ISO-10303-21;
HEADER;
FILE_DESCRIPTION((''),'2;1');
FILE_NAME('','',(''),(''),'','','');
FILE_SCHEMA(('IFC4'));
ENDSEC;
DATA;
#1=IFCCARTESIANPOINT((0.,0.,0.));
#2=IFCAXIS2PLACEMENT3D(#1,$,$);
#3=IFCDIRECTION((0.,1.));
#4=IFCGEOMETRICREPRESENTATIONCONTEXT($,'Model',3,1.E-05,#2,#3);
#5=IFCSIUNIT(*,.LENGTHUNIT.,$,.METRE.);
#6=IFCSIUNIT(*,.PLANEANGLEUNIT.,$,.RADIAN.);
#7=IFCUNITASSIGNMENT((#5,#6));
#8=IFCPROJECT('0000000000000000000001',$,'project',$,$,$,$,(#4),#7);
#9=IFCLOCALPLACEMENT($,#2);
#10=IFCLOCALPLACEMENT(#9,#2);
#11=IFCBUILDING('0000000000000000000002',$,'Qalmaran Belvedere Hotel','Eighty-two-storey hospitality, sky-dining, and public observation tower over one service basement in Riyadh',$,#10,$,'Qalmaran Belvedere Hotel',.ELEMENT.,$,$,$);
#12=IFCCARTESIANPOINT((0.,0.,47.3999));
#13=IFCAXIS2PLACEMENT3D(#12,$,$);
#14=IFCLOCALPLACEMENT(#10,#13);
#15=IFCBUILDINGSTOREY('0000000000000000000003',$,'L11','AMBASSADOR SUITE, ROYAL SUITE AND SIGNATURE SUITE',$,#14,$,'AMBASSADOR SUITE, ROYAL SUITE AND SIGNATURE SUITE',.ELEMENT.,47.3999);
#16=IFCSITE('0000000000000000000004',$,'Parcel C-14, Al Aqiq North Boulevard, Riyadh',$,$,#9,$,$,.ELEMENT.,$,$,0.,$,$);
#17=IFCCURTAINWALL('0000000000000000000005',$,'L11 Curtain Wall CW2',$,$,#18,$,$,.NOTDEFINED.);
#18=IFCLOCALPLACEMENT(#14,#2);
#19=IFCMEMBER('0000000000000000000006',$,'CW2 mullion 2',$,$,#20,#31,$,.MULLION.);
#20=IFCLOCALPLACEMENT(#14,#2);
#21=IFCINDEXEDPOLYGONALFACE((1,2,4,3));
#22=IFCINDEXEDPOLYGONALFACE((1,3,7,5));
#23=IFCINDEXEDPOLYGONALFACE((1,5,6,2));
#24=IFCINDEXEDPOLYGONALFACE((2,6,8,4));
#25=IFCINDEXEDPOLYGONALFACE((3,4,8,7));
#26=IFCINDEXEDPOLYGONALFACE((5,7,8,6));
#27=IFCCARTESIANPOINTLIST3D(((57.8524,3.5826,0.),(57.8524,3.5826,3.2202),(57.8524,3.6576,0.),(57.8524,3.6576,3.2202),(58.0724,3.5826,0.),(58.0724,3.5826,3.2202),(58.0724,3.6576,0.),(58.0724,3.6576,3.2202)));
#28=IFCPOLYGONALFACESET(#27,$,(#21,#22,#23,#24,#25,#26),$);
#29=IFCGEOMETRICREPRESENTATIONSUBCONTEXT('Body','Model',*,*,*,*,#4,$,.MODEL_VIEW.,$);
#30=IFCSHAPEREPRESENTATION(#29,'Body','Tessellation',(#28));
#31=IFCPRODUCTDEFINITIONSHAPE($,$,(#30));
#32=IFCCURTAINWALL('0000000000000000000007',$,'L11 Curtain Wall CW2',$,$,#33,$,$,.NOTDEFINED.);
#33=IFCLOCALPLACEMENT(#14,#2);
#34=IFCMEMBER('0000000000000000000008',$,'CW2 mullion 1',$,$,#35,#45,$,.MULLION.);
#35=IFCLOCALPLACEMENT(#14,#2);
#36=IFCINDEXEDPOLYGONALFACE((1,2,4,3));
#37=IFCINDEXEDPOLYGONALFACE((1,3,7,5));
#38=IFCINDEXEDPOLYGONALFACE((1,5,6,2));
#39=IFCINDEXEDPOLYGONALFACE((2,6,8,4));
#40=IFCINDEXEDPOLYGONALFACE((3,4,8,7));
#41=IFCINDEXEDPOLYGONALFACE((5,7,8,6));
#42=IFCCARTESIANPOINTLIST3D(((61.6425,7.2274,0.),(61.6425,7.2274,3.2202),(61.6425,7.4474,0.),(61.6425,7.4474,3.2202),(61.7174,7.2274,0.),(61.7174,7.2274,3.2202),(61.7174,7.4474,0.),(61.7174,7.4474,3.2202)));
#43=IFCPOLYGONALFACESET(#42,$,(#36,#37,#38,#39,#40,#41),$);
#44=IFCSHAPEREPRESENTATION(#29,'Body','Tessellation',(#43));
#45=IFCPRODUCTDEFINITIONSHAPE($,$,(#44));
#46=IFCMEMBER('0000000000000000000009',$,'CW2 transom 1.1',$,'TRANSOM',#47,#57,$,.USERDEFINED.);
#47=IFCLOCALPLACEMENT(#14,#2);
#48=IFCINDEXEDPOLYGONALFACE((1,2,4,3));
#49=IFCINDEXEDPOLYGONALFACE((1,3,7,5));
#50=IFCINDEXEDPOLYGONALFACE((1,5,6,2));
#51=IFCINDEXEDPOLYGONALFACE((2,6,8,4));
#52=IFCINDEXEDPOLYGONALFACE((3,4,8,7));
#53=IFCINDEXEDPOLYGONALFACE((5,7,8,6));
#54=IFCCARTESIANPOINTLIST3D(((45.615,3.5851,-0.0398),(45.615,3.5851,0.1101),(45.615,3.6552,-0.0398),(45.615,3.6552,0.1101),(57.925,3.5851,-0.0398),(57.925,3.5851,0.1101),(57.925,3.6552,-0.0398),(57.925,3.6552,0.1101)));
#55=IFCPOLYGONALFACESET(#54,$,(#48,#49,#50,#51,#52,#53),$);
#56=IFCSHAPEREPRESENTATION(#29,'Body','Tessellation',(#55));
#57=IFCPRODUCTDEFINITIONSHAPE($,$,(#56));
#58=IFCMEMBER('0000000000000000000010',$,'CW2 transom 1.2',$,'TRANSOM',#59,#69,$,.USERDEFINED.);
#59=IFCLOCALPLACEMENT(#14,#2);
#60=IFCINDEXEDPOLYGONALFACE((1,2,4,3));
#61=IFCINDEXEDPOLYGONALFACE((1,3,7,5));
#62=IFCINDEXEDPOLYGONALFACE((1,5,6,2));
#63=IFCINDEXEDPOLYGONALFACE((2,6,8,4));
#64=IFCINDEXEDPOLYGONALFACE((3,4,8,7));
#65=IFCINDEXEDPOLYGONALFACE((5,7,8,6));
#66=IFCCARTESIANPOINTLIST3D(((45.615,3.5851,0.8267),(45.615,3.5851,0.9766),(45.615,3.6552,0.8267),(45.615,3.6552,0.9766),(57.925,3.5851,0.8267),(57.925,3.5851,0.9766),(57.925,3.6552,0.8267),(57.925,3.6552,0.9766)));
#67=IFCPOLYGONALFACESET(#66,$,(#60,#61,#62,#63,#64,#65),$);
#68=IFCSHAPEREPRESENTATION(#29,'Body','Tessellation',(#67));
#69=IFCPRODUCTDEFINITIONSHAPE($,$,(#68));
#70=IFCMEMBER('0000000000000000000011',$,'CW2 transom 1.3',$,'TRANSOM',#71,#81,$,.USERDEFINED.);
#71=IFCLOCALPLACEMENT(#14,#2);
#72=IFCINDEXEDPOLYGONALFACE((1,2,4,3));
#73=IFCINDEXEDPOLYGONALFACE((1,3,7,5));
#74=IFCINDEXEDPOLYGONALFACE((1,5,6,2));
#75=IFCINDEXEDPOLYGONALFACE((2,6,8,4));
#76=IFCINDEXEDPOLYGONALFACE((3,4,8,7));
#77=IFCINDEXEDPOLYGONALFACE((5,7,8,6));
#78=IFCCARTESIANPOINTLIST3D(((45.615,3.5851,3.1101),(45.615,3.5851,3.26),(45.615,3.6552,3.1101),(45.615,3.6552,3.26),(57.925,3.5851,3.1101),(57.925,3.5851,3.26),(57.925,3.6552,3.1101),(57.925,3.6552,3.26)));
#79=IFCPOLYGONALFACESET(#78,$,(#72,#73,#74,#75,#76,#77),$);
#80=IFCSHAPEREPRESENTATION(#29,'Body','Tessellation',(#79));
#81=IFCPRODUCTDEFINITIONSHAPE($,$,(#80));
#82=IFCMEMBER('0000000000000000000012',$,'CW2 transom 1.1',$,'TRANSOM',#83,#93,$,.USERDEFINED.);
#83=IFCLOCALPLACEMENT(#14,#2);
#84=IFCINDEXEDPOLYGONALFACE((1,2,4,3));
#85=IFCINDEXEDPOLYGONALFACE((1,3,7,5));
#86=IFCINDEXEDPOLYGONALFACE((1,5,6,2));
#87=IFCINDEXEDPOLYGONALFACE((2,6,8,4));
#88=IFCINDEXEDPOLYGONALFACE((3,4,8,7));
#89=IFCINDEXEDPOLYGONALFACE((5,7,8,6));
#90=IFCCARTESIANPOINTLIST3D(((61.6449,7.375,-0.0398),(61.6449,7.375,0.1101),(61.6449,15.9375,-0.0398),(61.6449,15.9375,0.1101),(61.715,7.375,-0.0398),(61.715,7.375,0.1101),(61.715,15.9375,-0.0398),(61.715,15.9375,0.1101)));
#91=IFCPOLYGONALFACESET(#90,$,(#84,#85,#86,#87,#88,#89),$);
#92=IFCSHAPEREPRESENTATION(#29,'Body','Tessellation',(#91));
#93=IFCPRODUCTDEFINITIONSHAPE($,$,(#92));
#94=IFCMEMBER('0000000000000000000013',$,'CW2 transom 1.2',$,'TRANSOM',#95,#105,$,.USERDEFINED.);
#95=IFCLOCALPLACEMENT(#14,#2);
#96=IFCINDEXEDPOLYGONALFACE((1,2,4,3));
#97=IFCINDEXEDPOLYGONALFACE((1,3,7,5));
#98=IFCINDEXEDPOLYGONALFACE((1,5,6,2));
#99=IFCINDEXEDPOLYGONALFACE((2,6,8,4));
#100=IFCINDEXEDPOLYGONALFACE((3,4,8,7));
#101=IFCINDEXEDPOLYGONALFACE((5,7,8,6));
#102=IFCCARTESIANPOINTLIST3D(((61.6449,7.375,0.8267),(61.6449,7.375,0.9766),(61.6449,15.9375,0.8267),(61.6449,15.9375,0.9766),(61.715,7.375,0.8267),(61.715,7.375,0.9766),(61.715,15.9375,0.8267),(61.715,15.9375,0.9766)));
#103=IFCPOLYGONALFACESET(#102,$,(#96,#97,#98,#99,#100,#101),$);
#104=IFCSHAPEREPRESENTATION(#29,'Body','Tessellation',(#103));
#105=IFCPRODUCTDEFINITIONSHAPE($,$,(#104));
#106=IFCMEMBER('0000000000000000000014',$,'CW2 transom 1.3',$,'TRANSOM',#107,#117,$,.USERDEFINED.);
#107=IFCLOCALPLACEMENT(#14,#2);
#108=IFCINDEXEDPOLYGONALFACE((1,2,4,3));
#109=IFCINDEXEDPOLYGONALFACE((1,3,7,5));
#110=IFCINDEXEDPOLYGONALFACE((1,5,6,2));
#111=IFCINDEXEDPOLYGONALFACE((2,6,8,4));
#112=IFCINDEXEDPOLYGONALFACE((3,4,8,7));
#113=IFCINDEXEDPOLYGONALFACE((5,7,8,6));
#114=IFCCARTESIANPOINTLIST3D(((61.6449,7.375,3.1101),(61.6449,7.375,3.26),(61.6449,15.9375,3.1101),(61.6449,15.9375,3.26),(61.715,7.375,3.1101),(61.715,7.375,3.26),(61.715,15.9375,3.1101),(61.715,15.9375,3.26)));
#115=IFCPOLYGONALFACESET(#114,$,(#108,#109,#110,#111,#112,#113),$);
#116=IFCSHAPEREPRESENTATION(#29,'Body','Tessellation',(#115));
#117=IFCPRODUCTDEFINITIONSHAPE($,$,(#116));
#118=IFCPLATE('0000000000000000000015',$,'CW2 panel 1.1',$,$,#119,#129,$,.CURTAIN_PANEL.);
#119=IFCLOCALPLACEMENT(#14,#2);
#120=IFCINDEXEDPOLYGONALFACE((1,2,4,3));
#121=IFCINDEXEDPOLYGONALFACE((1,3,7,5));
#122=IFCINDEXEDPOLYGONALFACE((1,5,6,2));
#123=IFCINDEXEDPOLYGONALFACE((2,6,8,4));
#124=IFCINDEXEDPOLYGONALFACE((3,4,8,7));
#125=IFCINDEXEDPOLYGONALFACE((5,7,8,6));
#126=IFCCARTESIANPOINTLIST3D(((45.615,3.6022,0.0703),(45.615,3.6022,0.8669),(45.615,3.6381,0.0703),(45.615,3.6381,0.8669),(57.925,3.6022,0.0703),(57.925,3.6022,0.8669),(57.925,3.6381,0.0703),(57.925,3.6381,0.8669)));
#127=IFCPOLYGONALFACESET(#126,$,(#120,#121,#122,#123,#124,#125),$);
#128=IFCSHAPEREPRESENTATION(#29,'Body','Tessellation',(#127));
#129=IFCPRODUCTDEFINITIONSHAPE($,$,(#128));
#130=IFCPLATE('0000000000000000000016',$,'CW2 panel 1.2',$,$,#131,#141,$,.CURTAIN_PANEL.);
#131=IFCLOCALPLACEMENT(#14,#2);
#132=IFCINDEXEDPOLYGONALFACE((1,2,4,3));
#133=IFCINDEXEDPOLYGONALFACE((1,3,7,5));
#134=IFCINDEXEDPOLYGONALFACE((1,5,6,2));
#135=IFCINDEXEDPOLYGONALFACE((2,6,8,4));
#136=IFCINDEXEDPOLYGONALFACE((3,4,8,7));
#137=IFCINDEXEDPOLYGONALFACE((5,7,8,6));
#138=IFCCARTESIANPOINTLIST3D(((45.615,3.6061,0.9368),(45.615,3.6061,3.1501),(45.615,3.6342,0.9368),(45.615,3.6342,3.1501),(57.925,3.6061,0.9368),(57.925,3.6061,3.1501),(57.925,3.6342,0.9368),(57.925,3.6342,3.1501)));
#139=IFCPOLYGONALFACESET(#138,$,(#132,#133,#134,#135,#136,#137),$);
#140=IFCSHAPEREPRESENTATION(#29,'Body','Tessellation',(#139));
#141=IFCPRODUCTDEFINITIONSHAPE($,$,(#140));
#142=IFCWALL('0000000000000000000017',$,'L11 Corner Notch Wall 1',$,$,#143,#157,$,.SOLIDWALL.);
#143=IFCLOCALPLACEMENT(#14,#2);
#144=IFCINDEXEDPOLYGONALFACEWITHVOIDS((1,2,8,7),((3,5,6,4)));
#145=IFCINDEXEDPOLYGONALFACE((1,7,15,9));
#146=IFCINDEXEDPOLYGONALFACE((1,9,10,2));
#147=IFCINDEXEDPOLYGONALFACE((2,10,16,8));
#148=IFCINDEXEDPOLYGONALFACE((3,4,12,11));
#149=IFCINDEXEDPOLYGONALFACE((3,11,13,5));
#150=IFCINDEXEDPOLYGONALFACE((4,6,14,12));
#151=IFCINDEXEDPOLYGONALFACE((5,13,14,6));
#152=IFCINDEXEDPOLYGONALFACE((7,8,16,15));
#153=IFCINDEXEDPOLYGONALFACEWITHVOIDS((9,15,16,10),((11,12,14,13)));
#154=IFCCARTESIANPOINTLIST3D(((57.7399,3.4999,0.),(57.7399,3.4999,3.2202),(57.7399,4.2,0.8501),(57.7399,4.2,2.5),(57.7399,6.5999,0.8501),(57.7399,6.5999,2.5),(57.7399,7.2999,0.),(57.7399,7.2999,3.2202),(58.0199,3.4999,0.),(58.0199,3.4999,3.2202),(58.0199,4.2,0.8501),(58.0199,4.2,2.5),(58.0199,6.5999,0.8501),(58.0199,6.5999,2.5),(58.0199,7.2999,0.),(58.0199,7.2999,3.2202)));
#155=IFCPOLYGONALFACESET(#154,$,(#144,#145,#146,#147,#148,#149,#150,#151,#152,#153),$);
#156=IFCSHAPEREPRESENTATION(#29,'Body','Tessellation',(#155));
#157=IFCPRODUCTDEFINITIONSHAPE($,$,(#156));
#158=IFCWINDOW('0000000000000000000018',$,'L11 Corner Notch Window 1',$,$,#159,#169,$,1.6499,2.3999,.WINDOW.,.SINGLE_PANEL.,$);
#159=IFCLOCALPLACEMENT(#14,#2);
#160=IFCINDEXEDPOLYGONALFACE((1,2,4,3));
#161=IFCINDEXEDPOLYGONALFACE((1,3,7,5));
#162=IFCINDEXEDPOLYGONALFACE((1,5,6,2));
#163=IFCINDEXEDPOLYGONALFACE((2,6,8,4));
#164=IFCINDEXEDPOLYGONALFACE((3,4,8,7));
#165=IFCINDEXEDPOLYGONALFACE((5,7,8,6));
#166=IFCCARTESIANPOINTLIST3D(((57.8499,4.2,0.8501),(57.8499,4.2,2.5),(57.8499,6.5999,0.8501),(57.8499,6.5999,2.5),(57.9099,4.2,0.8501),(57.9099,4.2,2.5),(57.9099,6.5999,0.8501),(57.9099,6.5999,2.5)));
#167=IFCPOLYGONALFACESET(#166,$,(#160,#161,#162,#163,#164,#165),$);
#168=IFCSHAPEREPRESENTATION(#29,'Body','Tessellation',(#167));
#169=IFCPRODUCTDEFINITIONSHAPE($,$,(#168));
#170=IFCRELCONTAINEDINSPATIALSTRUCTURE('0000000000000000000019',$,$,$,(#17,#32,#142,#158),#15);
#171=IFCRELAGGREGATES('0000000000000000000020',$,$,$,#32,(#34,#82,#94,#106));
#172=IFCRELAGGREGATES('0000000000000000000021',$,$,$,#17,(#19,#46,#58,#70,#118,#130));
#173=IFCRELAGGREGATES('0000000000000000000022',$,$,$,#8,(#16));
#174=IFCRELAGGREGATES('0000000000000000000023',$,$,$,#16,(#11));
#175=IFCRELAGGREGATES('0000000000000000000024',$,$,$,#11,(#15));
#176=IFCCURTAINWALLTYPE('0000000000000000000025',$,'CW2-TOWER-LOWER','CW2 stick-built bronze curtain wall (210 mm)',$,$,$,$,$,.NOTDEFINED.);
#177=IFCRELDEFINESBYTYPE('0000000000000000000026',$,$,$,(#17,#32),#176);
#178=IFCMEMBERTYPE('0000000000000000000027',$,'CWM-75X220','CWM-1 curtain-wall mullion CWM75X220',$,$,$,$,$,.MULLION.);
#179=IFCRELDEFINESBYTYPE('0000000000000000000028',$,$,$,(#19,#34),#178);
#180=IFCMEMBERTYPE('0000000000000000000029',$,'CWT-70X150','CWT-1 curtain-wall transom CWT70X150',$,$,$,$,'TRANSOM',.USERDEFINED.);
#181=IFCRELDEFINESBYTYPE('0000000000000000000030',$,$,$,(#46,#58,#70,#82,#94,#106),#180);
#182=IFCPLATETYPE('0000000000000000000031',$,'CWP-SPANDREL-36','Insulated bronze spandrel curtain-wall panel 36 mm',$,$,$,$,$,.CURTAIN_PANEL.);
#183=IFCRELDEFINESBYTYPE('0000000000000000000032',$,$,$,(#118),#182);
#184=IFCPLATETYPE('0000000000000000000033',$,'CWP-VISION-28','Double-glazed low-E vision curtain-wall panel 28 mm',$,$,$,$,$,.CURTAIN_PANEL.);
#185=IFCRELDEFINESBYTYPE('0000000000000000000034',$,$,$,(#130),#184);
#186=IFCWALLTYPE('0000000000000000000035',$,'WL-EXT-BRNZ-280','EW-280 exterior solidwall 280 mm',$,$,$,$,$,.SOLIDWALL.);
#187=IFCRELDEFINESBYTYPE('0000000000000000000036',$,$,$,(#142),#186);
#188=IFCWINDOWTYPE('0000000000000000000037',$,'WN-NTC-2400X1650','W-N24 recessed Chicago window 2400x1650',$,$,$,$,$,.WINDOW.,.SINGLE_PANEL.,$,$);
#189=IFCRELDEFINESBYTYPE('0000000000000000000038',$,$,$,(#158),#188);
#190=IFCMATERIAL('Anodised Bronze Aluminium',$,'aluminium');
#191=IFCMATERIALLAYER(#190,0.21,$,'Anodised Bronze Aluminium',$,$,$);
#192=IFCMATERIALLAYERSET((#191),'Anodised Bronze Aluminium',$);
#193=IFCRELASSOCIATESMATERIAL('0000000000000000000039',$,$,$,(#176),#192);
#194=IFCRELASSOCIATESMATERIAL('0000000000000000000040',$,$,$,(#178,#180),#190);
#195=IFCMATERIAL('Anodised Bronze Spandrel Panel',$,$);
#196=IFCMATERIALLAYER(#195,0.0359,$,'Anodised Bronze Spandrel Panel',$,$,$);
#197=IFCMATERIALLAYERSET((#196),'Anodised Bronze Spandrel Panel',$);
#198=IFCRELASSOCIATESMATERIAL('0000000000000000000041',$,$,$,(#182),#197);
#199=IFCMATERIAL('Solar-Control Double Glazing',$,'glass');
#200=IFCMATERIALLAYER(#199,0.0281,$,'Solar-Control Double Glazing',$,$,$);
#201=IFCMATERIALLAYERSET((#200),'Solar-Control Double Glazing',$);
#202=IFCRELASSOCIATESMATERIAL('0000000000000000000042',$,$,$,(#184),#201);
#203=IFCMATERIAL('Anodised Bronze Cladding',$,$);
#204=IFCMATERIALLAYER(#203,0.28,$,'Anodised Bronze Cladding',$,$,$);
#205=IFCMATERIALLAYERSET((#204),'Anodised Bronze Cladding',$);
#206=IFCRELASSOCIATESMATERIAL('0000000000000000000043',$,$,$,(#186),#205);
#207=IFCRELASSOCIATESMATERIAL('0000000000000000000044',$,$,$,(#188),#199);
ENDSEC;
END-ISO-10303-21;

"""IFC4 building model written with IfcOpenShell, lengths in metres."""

from ifc_helpers import new_model, si_unit, direction, frame, frame_2d, origin, origin_2d, place, context, subcontext, project, spatial, rectangle, extrude, material, layer, layer_set, material_profile, profile_set, type_object, element, fill, aggregate, save


model = new_model("IFC4")

# Units and contexts
model_context = context("Model", 3, precision=1e-05, world=origin(), true_north=direction((0.0, 1.0)))
body_context = subcontext(model_context, "Body", "Model", "MODEL_VIEW")
ifc_project = project(units=[si_unit("LENGTHUNIT", "METRE"), si_unit("PLANEANGLEUNIT", "RADIAN")], contexts=[model_context])

# Site, building, storey
site_placement = place(None, origin())
site = spatial("IfcSite", under=ifc_project, at=site_placement, Name="Parcel C-14, Al Aqiq North Boulevard, Riyadh", CompositionType="ELEMENT", RefElevation=0.0)
building_placement = place(site_placement, origin())
building = spatial("IfcBuilding", under=site, at=building_placement, Name="Qalmaran Belvedere Hotel", Description="Eighty-two-storey hospitality, sky-dining, and public observation tower over one service basement in Riyadh", LongName="Qalmaran Belvedere Hotel", CompositionType="ELEMENT")
storey_placement = place(building_placement, frame((0.0, 0.0, 47.3999)))
storey = spatial("IfcBuildingStorey", under=building, at=storey_placement, Name="L11", Description="AMBASSADOR SUITE, ROYAL SUITE AND SIGNATURE SUITE", LongName="AMBASSADOR SUITE, ROYAL SUITE AND SIGNATURE SUITE", CompositionType="ELEMENT", Elevation=47.3999)

# Curtain wall, member
ifc_material_1 = material(Name="Anodised Bronze Aluminium", Category="aluminium")
ifc_layer_1 = layer(ifc_material_1, 0.21, Name="Anodised Bronze Aluminium")
ifc_layer_set_1 = layer_set([ifc_layer_1], Name="Anodised Bronze Aluminium")
curtain_wall_type = type_object("IfcCurtainWallType", Name="CW2-TOWER-LOWER", Description="CW2 stick-built bronze curtain wall (210 mm)", PredefinedType="NOTDEFINED", material=ifc_layer_set_1)
curtain_wall_1_placement = place(storey_placement, origin())
curtain_wall_1 = element("IfcCurtainWall", 1, at=curtain_wall_1_placement, inside=storey, type_object=curtain_wall_type, Name="L11 Curtain Wall CW2", PredefinedType="NOTDEFINED")
ifc_material_profile_1 = material_profile(ifc_material_1, rectangle(XDim=0.075, YDim=0.22, at=origin_2d()), Name="CWM75X220")
ifc_profile_set_1 = profile_set([ifc_material_profile_1], Name="Anodised Bronze Aluminium")
member_type_1 = type_object("IfcMemberType", Name="CWM-75X220", Description="CWM-1 curtain-wall mullion CWM75X220", PredefinedType="MULLION", material=ifc_profile_set_1)
member_1_placement = place(storey_placement, frame((57.9624, 3.6201, 0.0), z_axis=(0.0, 0.0, 1.0), x_axis=(0.0, 1.0, 0.0)))
member_1 = element("IfcMember", 2, at=member_1_placement, type_object=member_type_1, Name="CW2 mullion 2", PredefinedType="MULLION", context=body_context, shape_type="SweptSolid", body=[
    extrude(rectangle(XDim=0.075, YDim=0.22, at=origin_2d()), origin(), (0.0, 0.0, 1.0), 3.2202),
])

# Curtain wall, member
curtain_wall_2_placement = place(storey_placement, origin())
curtain_wall_2 = element("IfcCurtainWall", 3, at=curtain_wall_2_placement, inside=storey, type_object=curtain_wall_type, Name="L11 Curtain Wall CW2", PredefinedType="NOTDEFINED")
member_2_placement = place(storey_placement, frame((61.6799, 7.3374, 0.0), z_axis=(0.0, 0.0, 1.0), x_axis=(-1.0, 0.0, 0.0)))
member_2 = element("IfcMember", 4, at=member_2_placement, type_object=member_type_1, Name="CW2 mullion 1", PredefinedType="MULLION", context=body_context, shape_type="SweptSolid", body=[
    extrude(rectangle(XDim=0.075, YDim=0.22, at=origin_2d()), origin(), (0.0, 0.0, 1.0), 3.2202),
])

# Members
ifc_material_profile_2 = material_profile(ifc_material_1, rectangle(XDim=0.0701, YDim=0.1499, at=origin_2d()), Name="CWT70X150")
ifc_profile_set_2 = profile_set([ifc_material_profile_2], Name="Anodised Bronze Aluminium")
member_type_2 = type_object("IfcMemberType", Name="CWT-70X150", Description="CWT-1 curtain-wall transom CWT70X150", ElementType="TRANSOM", PredefinedType="USERDEFINED", material=ifc_profile_set_2)
member_3_placement = place(storey_placement, frame((45.615, 3.6201, 0.0352), z_axis=(1.0, 0.0, 0.0), x_axis=(0.0, 1.0, 0.0)))
member_3 = element("IfcMember", 5, at=member_3_placement, type_object=member_type_2, Name="CW2 transom 1.1", ObjectType="TRANSOM", PredefinedType="USERDEFINED", context=body_context, shape_type="SweptSolid", body=[
    extrude(rectangle(XDim=0.0701, YDim=0.1499, at=origin_2d()), origin(), (0.0, 0.0, 1.0), 12.3101),
])
member_4_placement = place(storey_placement, frame((45.615, 3.6201, 0.9016), z_axis=(1.0, 0.0, 0.0), x_axis=(0.0, 1.0, 0.0)))
member_4 = element("IfcMember", 6, at=member_4_placement, type_object=member_type_2, Name="CW2 transom 1.2", ObjectType="TRANSOM", PredefinedType="USERDEFINED", context=body_context, shape_type="SweptSolid", body=[
    extrude(rectangle(XDim=0.0701, YDim=0.1499, at=origin_2d()), origin(), (0.0, 0.0, 1.0), 12.3101),
])
member_5_placement = place(storey_placement, frame((45.615, 3.6201, 3.1851), z_axis=(1.0, 0.0, 0.0), x_axis=(0.0, 1.0, 0.0)))
member_5 = element("IfcMember", 7, at=member_5_placement, type_object=member_type_2, Name="CW2 transom 1.3", ObjectType="TRANSOM", PredefinedType="USERDEFINED", context=body_context, shape_type="SweptSolid", body=[
    extrude(rectangle(XDim=0.0701, YDim=0.1499, at=origin_2d()), origin(), (0.0, 0.0, 1.0), 12.3101),
])
member_6_placement = place(storey_placement, frame((61.6799, 7.375, 0.0352), z_axis=(0.0, 1.0, 0.0), x_axis=(-1.0, 0.0, 0.0)))
member_6 = element("IfcMember", 8, at=member_6_placement, type_object=member_type_2, Name="CW2 transom 1.1", ObjectType="TRANSOM", PredefinedType="USERDEFINED", context=body_context, shape_type="SweptSolid", body=[
    extrude(rectangle(XDim=0.0701, YDim=0.1499, at=origin_2d()), origin(), (0.0, 0.0, 1.0), 8.5625),
])
member_7_placement = place(storey_placement, frame((61.6799, 7.375, 0.9016), z_axis=(0.0, 1.0, 0.0), x_axis=(-1.0, 0.0, 0.0)))
member_7 = element("IfcMember", 9, at=member_7_placement, type_object=member_type_2, Name="CW2 transom 1.2", ObjectType="TRANSOM", PredefinedType="USERDEFINED", context=body_context, shape_type="SweptSolid", body=[
    extrude(rectangle(XDim=0.0701, YDim=0.1499, at=origin_2d()), origin(), (0.0, 0.0, 1.0), 8.5625),
])
member_8_placement = place(storey_placement, frame((61.6799, 7.375, 3.1851), z_axis=(0.0, 1.0, 0.0), x_axis=(-1.0, 0.0, 0.0)))
member_8 = element("IfcMember", 10, at=member_8_placement, type_object=member_type_2, Name="CW2 transom 1.3", ObjectType="TRANSOM", PredefinedType="USERDEFINED", context=body_context, shape_type="SweptSolid", body=[
    extrude(rectangle(XDim=0.0701, YDim=0.1499, at=origin_2d()), origin(), (0.0, 0.0, 1.0), 8.5625),
])
aggregate(curtain_wall_2, [member_2, member_6, member_7, member_8])

# Plates
ifc_material_2 = material(Name="Anodised Bronze Spandrel Panel")
ifc_layer_2 = layer(ifc_material_2, 0.0359, Name="Anodised Bronze Spandrel Panel")
ifc_layer_set_2 = layer_set([ifc_layer_2], Name="Anodised Bronze Spandrel Panel")
plate_type_1 = type_object("IfcPlateType", Name="CWP-SPANDREL-36", Description="Insulated bronze spandrel curtain-wall panel 36 mm", PredefinedType="CURTAIN_PANEL", material=ifc_layer_set_2)
plate_1_placement = place(storey_placement, frame((51.77, 3.6201, 0.0703), z_axis=(0.0, 0.0, 1.0), x_axis=(1.0, 0.0, 0.0)))
plate_1 = element("IfcPlate", 11, at=plate_1_placement, type_object=plate_type_1, Name="CW2 panel 1.1", PredefinedType="CURTAIN_PANEL", context=body_context, shape_type="SweptSolid", body=[
    extrude(rectangle(XDim=12.3101, YDim=0.0359, at=origin_2d()), origin(), (0.0, 0.0, 1.0), 0.7966),
])
ifc_material_3 = material(Name="Solar-Control Double Glazing", Category="glass")
ifc_layer_3 = layer(ifc_material_3, 0.0281, Name="Solar-Control Double Glazing")
ifc_layer_set_3 = layer_set([ifc_layer_3], Name="Solar-Control Double Glazing")
plate_type_2 = type_object("IfcPlateType", Name="CWP-VISION-28", Description="Double-glazed low-E vision curtain-wall panel 28 mm", PredefinedType="CURTAIN_PANEL", material=ifc_layer_set_3)
plate_2_placement = place(storey_placement, frame((51.77, 3.6201, 0.9368), z_axis=(0.0, 0.0, 1.0), x_axis=(1.0, 0.0, 0.0)))
plate_2 = element("IfcPlate", 12, at=plate_2_placement, type_object=plate_type_2, Name="CW2 panel 1.2", PredefinedType="CURTAIN_PANEL", context=body_context, shape_type="SweptSolid", body=[
    extrude(rectangle(XDim=12.3101, YDim=0.0281, at=origin_2d()), origin(), (0.0, 0.0, 1.0), 2.2134),
])
aggregate(curtain_wall_1, [member_1, member_3, member_4, member_5, plate_1, plate_2])

# Wall, opening, window
ifc_material_4 = material(Name="Anodised Bronze Cladding")
ifc_layer_4 = layer(ifc_material_4, 0.28, Name="Anodised Bronze Cladding")
ifc_layer_set_4 = layer_set([ifc_layer_4], Name="Anodised Bronze Cladding")
wall_type_1 = type_object("IfcWallType", Name="WL-EXT-BRNZ-280", Description="EW-280 exterior solidwall 280 mm", PredefinedType="SOLIDWALL", material=ifc_layer_set_4)
wall_1_placement = place(storey_placement, frame((57.8799, 3.5, 0.0), z_axis=(0.0, 0.0, 1.0), x_axis=(0.0, 1.0, 0.0)))
wall_1 = element("IfcWall", 13, at=wall_1_placement, inside=storey, type_object=wall_type_1, Name="L11 Corner Notch Wall 1", PredefinedType="SOLIDWALL", context=body_context, shape_type="SweptSolid", body=[
    extrude(rectangle(XDim=3.8, YDim=0.28, at=frame_2d((1.8999, 0.0))), origin(), (0.0, 0.0, 1.0), 3.2202),
])
opening_1_placement = place(wall_1_placement, frame((0.7, 0.0, 0.8501)))
opening_1 = element("IfcOpeningElement", 14, at=opening_1_placement, cuts=wall_1, PredefinedType="OPENING", context=body_context, shape_type="SweptSolid", body=[
    extrude(rectangle(XDim=2.3999, YDim=1.6499, at=frame_2d((1.2, 0.825))), frame((0.0, 0.1499, 0.0), z_axis=(0.0, -1.0, 0.0), x_axis=(1.0, 0.0, 0.0)), (0.0, 0.0, 1.0), 0.3),
])
window_type_1 = type_object("IfcWindowType", Name="WN-NTC-2400X1650", Description="W-N24 recessed Chicago window 2400x1650", PartitioningType="SINGLE_PANEL", PredefinedType="WINDOW", material=ifc_material_3)
window_1_placement = place(opening_1_placement, origin())
window_1 = element("IfcWindow", 15, at=window_1_placement, inside=storey, type_object=window_type_1, Name="L11 Corner Notch Window 1", OverallHeight=1.6499, OverallWidth=2.3999, PartitioningType="SINGLE_PANEL", PredefinedType="WINDOW", context=body_context, shape_type="SweptSolid", body=[
    extrude(rectangle(XDim=2.3999, YDim=1.6499, at=frame_2d((1.2, 0.825))), frame((0.0, 0.03, 0.0), z_axis=(0.0, -1.0, 0.0), x_axis=(1.0, 0.0, 0.0)), (0.0, 0.0, 1.0), 0.0601),
])
fill(opening_1, window_1)

save(model, "model.ifc")
